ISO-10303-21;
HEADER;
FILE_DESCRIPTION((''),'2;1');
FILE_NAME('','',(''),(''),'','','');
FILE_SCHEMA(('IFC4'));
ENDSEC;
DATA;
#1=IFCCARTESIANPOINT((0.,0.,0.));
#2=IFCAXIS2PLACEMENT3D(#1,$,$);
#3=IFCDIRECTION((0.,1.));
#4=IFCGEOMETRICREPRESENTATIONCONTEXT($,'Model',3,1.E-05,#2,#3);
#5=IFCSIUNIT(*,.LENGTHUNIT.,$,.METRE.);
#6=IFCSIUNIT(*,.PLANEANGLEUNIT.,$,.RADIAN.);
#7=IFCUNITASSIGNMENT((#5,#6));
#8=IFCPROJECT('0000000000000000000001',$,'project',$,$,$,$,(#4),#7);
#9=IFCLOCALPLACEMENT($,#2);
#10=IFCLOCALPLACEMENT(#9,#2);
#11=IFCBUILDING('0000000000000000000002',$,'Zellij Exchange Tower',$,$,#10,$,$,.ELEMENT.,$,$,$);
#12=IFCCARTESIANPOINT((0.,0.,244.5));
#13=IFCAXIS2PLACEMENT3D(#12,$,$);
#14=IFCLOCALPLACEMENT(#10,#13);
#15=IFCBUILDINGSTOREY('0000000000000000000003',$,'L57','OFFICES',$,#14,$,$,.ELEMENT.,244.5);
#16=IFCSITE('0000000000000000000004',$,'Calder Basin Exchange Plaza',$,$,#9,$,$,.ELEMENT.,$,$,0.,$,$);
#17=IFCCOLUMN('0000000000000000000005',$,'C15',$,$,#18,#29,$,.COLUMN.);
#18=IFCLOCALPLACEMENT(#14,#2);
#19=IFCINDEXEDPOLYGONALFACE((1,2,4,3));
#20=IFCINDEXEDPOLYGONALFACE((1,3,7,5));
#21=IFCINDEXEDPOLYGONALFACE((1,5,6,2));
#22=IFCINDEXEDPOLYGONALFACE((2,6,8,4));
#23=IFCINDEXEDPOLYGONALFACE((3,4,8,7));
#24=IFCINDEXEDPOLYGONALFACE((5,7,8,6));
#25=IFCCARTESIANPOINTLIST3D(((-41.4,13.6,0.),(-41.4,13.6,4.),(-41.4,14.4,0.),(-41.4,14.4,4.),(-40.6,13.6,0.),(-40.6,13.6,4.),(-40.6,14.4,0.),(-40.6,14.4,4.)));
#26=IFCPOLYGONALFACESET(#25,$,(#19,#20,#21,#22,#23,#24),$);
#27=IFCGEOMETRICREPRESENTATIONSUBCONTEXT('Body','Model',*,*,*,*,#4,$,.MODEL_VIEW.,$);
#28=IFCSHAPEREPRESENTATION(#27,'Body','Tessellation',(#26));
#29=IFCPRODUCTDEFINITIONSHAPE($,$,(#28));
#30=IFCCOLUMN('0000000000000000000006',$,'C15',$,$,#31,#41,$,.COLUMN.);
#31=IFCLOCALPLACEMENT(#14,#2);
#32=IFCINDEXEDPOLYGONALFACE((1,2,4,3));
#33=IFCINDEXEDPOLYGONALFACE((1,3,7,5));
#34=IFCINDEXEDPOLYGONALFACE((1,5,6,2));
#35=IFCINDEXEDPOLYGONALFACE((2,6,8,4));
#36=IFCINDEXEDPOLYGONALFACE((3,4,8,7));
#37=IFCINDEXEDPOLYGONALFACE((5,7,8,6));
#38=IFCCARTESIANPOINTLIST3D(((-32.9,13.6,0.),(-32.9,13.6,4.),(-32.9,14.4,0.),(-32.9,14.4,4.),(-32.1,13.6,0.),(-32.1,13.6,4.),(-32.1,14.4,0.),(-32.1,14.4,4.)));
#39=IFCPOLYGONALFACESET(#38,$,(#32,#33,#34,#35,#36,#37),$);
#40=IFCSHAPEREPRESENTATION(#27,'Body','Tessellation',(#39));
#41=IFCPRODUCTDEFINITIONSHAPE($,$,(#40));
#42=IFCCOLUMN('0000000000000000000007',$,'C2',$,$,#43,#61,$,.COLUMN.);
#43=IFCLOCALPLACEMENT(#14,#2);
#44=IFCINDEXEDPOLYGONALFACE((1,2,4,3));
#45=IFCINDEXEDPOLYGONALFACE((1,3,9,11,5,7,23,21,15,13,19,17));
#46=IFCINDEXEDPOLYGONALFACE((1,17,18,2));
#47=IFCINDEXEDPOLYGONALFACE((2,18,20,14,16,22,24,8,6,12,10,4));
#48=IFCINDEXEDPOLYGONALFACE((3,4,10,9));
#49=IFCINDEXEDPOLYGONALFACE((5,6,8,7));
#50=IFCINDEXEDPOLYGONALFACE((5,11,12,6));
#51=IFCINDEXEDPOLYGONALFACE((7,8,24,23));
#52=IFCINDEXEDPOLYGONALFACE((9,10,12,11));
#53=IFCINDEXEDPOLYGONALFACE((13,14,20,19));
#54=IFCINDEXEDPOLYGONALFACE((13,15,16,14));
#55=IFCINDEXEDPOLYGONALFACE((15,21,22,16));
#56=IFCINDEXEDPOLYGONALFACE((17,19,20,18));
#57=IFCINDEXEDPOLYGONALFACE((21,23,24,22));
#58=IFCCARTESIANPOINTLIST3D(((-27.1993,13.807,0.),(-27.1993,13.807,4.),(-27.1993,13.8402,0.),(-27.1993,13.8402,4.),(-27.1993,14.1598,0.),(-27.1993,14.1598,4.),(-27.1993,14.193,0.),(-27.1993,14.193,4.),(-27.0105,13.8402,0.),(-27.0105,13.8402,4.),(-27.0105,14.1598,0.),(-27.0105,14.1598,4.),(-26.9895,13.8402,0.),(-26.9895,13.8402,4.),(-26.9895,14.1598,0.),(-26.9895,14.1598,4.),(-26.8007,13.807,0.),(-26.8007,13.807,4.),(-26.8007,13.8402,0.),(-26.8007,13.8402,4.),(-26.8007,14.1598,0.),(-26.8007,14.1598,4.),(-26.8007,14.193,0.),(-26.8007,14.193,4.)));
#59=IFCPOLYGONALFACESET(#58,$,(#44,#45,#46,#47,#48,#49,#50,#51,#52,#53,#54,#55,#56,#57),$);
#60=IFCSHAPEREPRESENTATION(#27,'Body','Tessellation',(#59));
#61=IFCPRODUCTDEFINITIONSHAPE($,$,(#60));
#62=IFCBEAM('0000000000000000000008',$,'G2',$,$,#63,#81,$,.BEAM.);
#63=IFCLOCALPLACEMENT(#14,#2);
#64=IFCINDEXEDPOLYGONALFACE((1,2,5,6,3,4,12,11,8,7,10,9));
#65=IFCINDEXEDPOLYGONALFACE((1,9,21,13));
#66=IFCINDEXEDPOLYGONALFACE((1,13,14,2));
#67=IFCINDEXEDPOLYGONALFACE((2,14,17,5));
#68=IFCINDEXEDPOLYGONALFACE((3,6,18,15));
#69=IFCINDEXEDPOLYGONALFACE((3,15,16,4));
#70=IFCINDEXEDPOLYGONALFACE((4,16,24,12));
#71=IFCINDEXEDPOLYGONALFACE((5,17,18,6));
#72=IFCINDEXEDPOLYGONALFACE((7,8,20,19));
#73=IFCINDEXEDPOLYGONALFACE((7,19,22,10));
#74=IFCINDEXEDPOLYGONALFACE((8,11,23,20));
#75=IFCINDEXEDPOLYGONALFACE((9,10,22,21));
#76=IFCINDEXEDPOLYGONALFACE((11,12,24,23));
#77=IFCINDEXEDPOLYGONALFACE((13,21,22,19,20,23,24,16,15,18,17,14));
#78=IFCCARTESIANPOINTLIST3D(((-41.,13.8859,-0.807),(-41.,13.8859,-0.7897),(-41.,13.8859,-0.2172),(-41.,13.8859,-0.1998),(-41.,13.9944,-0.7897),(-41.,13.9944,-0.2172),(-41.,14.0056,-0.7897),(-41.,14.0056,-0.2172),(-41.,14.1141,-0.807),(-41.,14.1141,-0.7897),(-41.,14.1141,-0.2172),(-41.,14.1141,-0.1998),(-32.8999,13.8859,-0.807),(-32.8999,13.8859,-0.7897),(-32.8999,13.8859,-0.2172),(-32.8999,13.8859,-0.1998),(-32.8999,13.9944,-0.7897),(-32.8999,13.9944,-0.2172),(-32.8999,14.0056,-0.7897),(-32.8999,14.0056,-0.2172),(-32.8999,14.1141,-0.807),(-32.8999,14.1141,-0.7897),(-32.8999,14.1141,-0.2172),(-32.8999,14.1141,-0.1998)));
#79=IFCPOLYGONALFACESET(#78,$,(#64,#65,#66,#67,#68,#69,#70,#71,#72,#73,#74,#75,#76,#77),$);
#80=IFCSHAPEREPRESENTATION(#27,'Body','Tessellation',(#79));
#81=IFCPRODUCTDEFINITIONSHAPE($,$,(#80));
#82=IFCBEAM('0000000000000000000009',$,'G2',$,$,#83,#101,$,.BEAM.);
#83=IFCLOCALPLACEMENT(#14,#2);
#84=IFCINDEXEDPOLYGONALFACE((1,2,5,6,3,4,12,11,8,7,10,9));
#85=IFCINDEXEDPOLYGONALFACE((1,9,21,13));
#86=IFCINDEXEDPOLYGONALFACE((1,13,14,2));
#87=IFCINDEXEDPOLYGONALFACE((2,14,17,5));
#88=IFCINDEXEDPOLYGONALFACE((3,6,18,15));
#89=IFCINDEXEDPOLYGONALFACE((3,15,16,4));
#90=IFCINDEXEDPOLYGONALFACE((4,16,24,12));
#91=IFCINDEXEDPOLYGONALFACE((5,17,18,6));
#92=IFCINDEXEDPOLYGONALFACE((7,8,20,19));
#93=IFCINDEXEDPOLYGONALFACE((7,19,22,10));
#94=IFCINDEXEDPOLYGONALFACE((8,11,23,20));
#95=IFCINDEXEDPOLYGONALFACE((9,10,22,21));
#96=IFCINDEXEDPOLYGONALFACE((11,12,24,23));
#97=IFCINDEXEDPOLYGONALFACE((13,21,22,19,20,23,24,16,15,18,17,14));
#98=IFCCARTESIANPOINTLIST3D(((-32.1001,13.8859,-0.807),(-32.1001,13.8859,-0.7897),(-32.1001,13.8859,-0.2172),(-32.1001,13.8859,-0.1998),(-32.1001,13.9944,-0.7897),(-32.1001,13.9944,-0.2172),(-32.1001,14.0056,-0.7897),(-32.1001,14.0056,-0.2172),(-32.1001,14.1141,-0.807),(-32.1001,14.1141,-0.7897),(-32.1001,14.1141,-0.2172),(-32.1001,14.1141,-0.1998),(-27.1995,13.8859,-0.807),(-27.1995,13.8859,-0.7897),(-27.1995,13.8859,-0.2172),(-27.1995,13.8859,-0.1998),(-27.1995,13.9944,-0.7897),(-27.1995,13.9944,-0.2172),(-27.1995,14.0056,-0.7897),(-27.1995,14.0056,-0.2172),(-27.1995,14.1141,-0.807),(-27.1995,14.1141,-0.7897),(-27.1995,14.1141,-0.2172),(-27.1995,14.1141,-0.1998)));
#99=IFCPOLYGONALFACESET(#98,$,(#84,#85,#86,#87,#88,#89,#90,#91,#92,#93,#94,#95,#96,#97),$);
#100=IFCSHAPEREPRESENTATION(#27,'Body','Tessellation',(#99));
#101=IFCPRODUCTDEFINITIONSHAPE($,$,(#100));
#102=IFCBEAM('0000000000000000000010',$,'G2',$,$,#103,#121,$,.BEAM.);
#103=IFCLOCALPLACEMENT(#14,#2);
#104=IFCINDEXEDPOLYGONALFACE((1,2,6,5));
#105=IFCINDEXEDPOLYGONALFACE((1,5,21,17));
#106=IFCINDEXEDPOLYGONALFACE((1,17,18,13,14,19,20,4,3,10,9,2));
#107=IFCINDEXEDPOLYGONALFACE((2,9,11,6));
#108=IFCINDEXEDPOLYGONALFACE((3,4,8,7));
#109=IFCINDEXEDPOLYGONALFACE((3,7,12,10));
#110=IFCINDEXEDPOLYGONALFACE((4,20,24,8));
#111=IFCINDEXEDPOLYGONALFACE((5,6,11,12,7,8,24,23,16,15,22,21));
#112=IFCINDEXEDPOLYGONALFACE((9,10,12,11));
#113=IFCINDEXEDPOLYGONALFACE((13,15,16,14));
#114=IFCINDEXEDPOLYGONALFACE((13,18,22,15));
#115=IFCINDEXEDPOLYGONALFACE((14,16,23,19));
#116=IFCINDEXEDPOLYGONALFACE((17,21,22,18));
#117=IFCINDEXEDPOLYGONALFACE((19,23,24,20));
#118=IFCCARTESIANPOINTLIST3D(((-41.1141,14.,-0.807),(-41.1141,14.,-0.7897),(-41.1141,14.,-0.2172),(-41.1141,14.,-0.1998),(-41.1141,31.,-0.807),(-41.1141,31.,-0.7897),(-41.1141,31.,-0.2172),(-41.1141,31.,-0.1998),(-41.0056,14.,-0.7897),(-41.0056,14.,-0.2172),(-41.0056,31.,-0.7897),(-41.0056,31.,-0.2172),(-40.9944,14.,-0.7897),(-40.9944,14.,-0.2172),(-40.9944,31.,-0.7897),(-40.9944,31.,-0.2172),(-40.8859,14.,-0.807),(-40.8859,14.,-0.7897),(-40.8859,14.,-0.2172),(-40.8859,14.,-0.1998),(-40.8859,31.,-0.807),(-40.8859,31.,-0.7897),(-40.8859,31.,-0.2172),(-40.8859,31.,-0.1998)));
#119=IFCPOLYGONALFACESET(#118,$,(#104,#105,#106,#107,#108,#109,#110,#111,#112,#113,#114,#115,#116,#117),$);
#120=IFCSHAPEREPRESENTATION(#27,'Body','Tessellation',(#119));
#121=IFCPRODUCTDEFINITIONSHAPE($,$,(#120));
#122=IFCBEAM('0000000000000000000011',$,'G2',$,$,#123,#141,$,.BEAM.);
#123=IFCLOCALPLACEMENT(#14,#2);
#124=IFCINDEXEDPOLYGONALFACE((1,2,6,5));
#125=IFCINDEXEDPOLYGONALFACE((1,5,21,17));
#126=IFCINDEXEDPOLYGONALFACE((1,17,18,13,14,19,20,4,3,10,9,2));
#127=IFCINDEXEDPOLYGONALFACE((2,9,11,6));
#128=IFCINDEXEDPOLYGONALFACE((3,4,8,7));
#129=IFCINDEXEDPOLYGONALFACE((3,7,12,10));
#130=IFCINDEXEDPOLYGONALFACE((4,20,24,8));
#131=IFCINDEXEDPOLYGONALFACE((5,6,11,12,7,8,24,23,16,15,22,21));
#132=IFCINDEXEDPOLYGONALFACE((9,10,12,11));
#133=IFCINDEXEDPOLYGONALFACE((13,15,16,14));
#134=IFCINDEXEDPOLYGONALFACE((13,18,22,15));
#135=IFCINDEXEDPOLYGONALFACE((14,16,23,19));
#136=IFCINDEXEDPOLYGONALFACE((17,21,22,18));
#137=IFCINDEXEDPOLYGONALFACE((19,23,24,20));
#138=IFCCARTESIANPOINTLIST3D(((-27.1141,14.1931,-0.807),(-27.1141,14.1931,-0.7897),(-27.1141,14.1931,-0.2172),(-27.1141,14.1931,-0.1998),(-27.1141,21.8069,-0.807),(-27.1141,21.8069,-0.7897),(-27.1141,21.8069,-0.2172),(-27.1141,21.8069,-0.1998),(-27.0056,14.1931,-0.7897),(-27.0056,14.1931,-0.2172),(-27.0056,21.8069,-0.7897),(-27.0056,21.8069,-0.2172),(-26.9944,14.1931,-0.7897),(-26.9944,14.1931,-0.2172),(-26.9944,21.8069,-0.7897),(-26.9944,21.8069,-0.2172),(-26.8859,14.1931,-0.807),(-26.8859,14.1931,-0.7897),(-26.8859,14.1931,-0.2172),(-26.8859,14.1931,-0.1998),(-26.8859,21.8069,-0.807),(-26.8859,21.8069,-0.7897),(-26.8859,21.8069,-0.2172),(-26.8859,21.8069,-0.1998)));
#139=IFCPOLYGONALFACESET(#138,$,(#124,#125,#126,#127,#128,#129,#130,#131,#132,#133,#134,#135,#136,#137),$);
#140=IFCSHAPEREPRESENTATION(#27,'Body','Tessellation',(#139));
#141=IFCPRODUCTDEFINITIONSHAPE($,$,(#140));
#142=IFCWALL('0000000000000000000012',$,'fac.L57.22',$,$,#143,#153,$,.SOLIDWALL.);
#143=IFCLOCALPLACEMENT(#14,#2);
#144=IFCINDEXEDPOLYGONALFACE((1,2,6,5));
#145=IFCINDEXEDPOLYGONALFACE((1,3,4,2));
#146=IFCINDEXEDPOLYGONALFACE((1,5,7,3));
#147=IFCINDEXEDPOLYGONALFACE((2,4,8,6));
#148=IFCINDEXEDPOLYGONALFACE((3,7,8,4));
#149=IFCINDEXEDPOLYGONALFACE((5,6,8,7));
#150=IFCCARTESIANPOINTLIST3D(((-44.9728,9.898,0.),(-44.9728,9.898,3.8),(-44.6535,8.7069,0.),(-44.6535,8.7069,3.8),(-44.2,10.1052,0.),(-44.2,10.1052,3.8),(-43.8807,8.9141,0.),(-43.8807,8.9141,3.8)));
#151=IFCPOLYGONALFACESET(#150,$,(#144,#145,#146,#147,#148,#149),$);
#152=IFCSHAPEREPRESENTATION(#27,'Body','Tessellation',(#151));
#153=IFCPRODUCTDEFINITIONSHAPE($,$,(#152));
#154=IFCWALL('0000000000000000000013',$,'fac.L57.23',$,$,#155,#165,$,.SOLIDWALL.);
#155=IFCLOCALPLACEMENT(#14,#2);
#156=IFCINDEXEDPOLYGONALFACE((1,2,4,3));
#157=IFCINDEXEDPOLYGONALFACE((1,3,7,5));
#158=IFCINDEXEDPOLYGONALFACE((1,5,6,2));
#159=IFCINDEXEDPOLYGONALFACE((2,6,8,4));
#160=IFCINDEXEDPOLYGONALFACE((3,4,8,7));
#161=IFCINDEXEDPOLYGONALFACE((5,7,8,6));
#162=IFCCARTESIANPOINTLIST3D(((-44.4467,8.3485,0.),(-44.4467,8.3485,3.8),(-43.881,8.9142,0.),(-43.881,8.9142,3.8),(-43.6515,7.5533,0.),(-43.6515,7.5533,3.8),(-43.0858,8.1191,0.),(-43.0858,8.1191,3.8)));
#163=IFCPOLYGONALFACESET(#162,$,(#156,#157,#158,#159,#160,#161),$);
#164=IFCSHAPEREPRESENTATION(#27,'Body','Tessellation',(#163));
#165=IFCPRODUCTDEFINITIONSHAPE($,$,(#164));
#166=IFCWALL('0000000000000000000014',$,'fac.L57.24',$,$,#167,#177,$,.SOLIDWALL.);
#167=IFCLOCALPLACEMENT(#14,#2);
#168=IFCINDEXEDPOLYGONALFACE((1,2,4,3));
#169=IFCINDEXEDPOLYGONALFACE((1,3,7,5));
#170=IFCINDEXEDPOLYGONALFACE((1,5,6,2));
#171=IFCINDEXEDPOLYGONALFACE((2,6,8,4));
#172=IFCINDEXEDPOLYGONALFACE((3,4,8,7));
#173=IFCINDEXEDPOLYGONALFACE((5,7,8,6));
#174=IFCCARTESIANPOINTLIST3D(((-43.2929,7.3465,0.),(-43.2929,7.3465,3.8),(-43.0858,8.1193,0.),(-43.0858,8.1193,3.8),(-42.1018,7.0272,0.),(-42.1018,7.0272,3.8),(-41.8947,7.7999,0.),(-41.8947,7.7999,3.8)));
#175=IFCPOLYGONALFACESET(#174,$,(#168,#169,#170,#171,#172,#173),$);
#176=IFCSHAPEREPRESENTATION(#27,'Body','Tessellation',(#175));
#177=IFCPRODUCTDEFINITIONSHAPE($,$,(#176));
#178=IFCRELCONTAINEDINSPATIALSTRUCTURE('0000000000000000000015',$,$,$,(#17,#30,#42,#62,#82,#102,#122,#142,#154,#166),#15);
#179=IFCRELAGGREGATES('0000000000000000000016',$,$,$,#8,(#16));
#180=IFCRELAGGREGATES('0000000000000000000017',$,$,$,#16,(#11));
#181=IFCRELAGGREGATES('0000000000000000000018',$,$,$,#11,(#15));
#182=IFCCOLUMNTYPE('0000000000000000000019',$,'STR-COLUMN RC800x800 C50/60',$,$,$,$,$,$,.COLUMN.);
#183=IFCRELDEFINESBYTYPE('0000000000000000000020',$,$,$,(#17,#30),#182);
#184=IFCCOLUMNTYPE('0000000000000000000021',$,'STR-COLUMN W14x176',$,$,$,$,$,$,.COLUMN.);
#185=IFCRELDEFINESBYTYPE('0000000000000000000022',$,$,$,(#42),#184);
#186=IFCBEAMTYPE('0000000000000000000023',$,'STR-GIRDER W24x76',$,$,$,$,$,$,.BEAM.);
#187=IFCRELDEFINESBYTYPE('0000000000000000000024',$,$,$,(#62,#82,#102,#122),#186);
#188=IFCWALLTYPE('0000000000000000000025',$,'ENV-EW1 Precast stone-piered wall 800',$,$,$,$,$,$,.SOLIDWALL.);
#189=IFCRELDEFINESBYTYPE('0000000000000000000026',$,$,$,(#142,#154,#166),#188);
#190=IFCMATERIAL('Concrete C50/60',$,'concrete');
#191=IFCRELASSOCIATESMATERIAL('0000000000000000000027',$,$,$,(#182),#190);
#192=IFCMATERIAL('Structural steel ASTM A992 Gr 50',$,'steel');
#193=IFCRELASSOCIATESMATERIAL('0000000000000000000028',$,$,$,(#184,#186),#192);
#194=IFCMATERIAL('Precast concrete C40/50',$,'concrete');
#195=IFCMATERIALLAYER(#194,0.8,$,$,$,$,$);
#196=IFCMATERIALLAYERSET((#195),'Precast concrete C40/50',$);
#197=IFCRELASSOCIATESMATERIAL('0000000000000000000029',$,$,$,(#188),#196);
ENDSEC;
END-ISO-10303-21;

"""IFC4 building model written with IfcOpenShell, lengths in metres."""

from ifc_helpers import new_model, si_unit, direction, frame, frame_2d, origin, origin_2d, place, context, subcontext, project, spatial, rectangle, i_section, extrude, material, layer, layer_set, material_profile, profile_set, type_object, element, save


model = new_model("IFC4")

# Units and contexts
model_context = context("Model", 3, precision=1e-05, world=origin(), true_north=direction((0.0, 1.0)))
body_context = subcontext(model_context, "Body", "Model", "MODEL_VIEW")
ifc_project = project(units=[si_unit("LENGTHUNIT", "METRE"), si_unit("PLANEANGLEUNIT", "RADIAN")], contexts=[model_context])

# Site, building, storey
site_placement = place(None, origin())
site = spatial("IfcSite", under=ifc_project, at=site_placement, Name="Calder Basin Exchange Plaza", CompositionType="ELEMENT", RefElevation=0.0)
building_placement = place(site_placement, origin())
building = spatial("IfcBuilding", under=site, at=building_placement, Name="Zellij Exchange Tower", CompositionType="ELEMENT")
storey_placement = place(building_placement, frame((0.0, 0.0, 244.5)))
storey = spatial("IfcBuildingStorey", under=building, at=storey_placement, Name="L57", Description="OFFICES", CompositionType="ELEMENT", Elevation=244.5)

# Columns
ifc_material_1 = material(Name="Concrete C50/60", Category="concrete")
ifc_material_profile_1 = material_profile(ifc_material_1, rectangle(XDim=0.8, YDim=0.8, at=origin_2d()), Name="STR-COLUMN RC800x800 C50/60")
ifc_profile_set_1 = profile_set([ifc_material_profile_1], Name="Concrete C50/60")
column_type_1 = type_object("IfcColumnType", Name="STR-COLUMN RC800x800 C50/60", PredefinedType="COLUMN", material=ifc_profile_set_1)
for number, where, z_axis, x_axis, name in (
    (1, (-41.0, 14.0, 0.0), (0.0, 0.0, 1.0), (1.0, 0.0, 0.0), "C15"),
    (2, (-32.5, 14.0, 0.0), (0.0, 0.0, 1.0), (1.0, 0.0, 0.0), "C15"),
):
    element("IfcColumn", number, at=place(storey_placement, frame(where, z_axis=z_axis, x_axis=x_axis)), inside=storey, type_object=column_type_1, Name=name, PredefinedType="COLUMN", context=body_context, shape_type="SweptSolid", body=[
        extrude(rectangle(XDim=0.8, YDim=0.8, at=origin_2d()), origin(), (0.0, 0.0, 1.0), 4.0),
    ])
ifc_material_2 = material(Name="Structural steel ASTM A992 Gr 50", Category="steel")
ifc_material_profile_2 = material_profile(ifc_material_2, i_section(OverallWidth=0.3987, OverallDepth=0.386, WebThickness=0.021, FlangeThickness=0.0332, at=origin_2d()), Name="W14x176")
ifc_profile_set_2 = profile_set([ifc_material_profile_2], Name="Structural steel ASTM A992 Gr 50")
column_type_2 = type_object("IfcColumnType", Name="STR-COLUMN W14x176", PredefinedType="COLUMN", material=ifc_profile_set_2)
column_placement = place(storey_placement, frame((-27.0, 14.0, 0.0), z_axis=(0.0, 0.0, 1.0), x_axis=(1.0, 0.0, 0.0)))
element("IfcColumn", 3, at=column_placement, inside=storey, type_object=column_type_2, Name="C2", PredefinedType="COLUMN", context=body_context, shape_type="SweptSolid", body=[
    extrude(i_section(OverallWidth=0.3987, OverallDepth=0.386, WebThickness=0.021, FlangeThickness=0.0332, at=origin_2d()), origin(), (0.0, 0.0, 1.0), 4.0),
])

# Beams
ifc_material_profile_3 = material_profile(ifc_material_2, i_section(OverallWidth=0.2283, OverallDepth=0.6072, WebThickness=0.0112, FlangeThickness=0.0173, at=origin_2d()), Name="W24x76")
ifc_profile_set_3 = profile_set([ifc_material_profile_3], Name="Structural steel ASTM A992 Gr 50")
beam_type = type_object("IfcBeamType", Name="STR-GIRDER W24x76", PredefinedType="BEAM", material=ifc_profile_set_3)
beam_1_placement = place(storey_placement, frame((-41.0, 14.0, -0.5034), z_axis=(1.0, 0.0, 0.0), x_axis=(0.0, 1.0, 0.0)))
element("IfcBeam", 4, at=beam_1_placement, inside=storey, type_object=beam_type, Name="G2", PredefinedType="BEAM", context=body_context, shape_type="SweptSolid", body=[
    extrude(i_section(OverallWidth=0.2283, OverallDepth=0.6072, WebThickness=0.0112, FlangeThickness=0.0173, at=origin_2d()), origin(), (0.0, 0.0, 1.0), 8.1001),
])
beam_2_placement = place(storey_placement, frame((-32.1001, 14.0, -0.5034), z_axis=(1.0, 0.0, 0.0), x_axis=(0.0, 1.0, 0.0)))
element("IfcBeam", 5, at=beam_2_placement, inside=storey, type_object=beam_type, Name="G2", PredefinedType="BEAM", context=body_context, shape_type="SweptSolid", body=[
    extrude(i_section(OverallWidth=0.2283, OverallDepth=0.6072, WebThickness=0.0112, FlangeThickness=0.0173, at=origin_2d()), origin(), (0.0, 0.0, 1.0), 4.9006),
])
beam_3_placement = place(storey_placement, frame((-41.0, 14.0, -0.5034), z_axis=(0.0, 1.0, 0.0), x_axis=(-1.0, 0.0, 0.0)))
element("IfcBeam", 6, at=beam_3_placement, inside=storey, type_object=beam_type, Name="G2", PredefinedType="BEAM", context=body_context, shape_type="SweptSolid", body=[
    extrude(i_section(OverallWidth=0.2283, OverallDepth=0.6072, WebThickness=0.0112, FlangeThickness=0.0173, at=origin_2d()), origin(), (0.0, 0.0, 1.0), 17.0),
])
beam_4_placement = place(storey_placement, frame((-27.0, 14.1931, -0.5034), z_axis=(0.0, 1.0, 0.0), x_axis=(-1.0, 0.0, 0.0)))
element("IfcBeam", 7, at=beam_4_placement, inside=storey, type_object=beam_type, Name="G2", PredefinedType="BEAM", context=body_context, shape_type="SweptSolid", body=[
    extrude(i_section(OverallWidth=0.2283, OverallDepth=0.6072, WebThickness=0.0112, FlangeThickness=0.0173, at=origin_2d()), origin(), (0.0, 0.0, 1.0), 7.6138),
])

# Walls
ifc_material_3 = material(Name="Precast concrete C40/50", Category="concrete")
ifc_layer_1 = layer(ifc_material_3, 0.8)
ifc_layer_set_1 = layer_set([ifc_layer_1], Name="Precast concrete C40/50")
wall_type_1 = type_object("IfcWallType", Name="ENV-EW1 Precast stone-piered wall 800", PredefinedType="SOLIDWALL", material=ifc_layer_set_1)
wall_1_placement = place(storey_placement, frame((-44.5864, 10.0017, 0.0), z_axis=(0.0, 0.0, 1.0), x_axis=(0.258944, -0.965892, 0.0)))
element("IfcWall", 8, at=wall_1_placement, inside=storey, type_object=wall_type_1, Name="fac.L57.22", PredefinedType="SOLIDWALL", context=body_context, shape_type="SweptSolid", body=[
    extrude(rectangle(XDim=1.2332, YDim=0.8, at=frame_2d((0.6167, 0.0))), origin(), (0.0, 0.0, 1.0), 3.8),
])
wall_2_placement = place(storey_placement, frame((-44.1638, 8.6313, 0.0), z_axis=(0.0, 0.0, 1.0), x_axis=(0.707107, -0.707107, 0.0)))
element("IfcWall", 9, at=wall_2_placement, inside=storey, type_object=wall_type_1, Name="fac.L57.23", PredefinedType="SOLIDWALL", context=body_context, shape_type="SweptSolid", body=[
    extrude(rectangle(XDim=1.1245, YDim=0.8, at=frame_2d((0.5623, 0.0))), origin(), (0.0, 0.0, 1.0), 3.8),
])
wall_3_placement = place(storey_placement, frame((-43.1895, 7.7329, 0.0), z_axis=(0.0, 0.0, 1.0), x_axis=(0.965892, -0.258944, 0.0)))
element("IfcWall", 10, at=wall_3_placement, inside=storey, type_object=wall_type_1, Name="fac.L57.24", PredefinedType="SOLIDWALL", context=body_context, shape_type="SweptSolid", body=[
    extrude(rectangle(XDim=1.2332, YDim=0.8, at=frame_2d((0.6167, 0.0))), origin(), (0.0, 0.0, 1.0), 3.8),
])

save(model, "model.ifc")
